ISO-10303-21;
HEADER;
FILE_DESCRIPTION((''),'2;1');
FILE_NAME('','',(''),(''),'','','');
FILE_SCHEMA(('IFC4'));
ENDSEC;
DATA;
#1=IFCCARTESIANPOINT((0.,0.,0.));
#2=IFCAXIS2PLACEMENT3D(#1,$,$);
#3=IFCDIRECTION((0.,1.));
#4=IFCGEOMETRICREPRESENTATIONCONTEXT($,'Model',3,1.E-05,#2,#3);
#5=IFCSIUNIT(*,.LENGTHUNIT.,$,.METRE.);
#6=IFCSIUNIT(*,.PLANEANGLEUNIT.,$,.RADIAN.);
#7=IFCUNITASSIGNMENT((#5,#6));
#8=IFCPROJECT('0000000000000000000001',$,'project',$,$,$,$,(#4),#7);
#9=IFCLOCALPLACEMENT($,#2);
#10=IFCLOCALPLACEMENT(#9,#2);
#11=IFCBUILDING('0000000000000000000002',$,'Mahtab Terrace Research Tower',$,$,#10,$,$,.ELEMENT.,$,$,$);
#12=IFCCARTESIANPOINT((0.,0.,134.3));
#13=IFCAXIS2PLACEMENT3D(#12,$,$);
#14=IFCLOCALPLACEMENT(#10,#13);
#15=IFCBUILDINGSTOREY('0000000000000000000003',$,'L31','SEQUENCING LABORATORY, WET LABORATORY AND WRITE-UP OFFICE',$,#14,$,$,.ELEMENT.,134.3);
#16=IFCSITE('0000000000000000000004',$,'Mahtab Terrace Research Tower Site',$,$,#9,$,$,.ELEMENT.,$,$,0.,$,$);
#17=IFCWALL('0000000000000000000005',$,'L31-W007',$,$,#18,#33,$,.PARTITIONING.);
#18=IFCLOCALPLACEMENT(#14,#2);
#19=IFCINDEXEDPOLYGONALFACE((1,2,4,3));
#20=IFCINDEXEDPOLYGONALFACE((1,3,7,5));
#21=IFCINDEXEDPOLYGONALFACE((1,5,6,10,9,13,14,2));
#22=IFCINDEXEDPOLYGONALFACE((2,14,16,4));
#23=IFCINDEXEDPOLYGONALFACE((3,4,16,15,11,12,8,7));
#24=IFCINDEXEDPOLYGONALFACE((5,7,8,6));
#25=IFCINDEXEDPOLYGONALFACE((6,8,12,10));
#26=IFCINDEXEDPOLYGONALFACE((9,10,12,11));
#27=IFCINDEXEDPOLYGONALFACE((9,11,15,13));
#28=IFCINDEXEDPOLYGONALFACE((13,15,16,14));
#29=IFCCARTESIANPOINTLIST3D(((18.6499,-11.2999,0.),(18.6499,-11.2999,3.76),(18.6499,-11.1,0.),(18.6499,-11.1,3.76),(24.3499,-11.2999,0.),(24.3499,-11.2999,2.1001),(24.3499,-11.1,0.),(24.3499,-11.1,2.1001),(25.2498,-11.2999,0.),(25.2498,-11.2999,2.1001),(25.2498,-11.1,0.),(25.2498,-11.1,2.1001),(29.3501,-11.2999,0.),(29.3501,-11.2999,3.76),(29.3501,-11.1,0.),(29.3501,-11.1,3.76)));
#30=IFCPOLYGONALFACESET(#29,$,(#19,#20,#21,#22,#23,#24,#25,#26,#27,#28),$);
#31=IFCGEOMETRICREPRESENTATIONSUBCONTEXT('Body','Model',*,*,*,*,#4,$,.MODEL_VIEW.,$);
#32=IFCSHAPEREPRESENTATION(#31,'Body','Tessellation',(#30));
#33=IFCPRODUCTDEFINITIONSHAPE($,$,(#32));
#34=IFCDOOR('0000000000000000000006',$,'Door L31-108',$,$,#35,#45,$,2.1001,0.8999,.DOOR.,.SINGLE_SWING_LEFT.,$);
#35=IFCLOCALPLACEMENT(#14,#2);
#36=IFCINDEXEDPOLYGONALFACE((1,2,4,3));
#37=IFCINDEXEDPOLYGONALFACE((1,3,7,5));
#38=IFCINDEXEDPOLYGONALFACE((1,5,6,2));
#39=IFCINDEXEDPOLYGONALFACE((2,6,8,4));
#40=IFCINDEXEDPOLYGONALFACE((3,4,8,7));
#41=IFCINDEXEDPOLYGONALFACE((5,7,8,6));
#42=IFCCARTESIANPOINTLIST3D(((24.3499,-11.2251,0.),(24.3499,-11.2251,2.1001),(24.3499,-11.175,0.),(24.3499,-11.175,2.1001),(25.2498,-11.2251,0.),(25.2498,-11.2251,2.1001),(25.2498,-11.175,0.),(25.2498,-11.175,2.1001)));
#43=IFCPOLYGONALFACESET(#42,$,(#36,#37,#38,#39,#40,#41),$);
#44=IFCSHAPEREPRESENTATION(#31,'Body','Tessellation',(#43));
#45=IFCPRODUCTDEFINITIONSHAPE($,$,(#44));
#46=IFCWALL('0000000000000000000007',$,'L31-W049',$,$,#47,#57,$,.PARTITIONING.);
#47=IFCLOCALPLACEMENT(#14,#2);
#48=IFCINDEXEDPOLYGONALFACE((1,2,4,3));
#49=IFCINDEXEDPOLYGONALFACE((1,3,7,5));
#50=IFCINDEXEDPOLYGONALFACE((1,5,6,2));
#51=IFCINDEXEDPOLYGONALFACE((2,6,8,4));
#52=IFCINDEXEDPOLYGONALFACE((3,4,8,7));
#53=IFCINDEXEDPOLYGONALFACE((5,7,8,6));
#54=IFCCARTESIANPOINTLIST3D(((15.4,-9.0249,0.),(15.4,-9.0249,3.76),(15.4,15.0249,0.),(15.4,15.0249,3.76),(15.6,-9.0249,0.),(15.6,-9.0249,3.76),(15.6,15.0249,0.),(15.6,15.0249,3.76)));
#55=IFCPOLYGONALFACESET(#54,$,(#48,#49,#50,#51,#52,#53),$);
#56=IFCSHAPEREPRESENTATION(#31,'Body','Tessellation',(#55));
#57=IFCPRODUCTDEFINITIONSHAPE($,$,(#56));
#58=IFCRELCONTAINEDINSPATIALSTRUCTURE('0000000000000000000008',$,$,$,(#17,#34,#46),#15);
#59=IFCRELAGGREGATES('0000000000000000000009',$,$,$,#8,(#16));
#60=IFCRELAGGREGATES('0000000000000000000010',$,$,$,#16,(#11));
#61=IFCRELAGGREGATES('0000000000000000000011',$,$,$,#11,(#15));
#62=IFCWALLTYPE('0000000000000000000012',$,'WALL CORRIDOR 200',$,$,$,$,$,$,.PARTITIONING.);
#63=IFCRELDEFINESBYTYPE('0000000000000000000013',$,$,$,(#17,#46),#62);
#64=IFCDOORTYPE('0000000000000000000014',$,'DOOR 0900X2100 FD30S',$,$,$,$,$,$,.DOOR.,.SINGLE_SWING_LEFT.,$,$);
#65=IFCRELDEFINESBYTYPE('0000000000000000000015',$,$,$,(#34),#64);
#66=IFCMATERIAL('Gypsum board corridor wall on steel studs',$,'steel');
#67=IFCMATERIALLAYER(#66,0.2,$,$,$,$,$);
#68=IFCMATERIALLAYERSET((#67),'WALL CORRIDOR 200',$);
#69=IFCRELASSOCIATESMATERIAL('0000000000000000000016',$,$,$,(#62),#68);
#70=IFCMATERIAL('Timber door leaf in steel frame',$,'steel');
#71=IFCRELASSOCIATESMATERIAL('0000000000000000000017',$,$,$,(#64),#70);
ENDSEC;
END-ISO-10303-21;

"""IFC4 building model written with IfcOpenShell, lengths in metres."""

from ifc_helpers import new_model, si_unit, direction, frame, frame_2d, origin, place, context, subcontext, project, spatial, rectangle, extrude, material, layer, layer_set, type_object, element, fill, save


model = new_model("IFC4")

# Units and contexts
model_context = context("Model", 3, precision=1e-05, world=origin(), true_north=direction((0.0, 1.0)))
body_context = subcontext(model_context, "Body", "Model", "MODEL_VIEW")
ifc_project = project(units=[si_unit("LENGTHUNIT", "METRE"), si_unit("PLANEANGLEUNIT", "RADIAN")], contexts=[model_context])

# Site, building, storey
site_placement = place(None, origin())
site = spatial("IfcSite", under=ifc_project, at=site_placement, Name="Mahtab Terrace Research Tower Site", CompositionType="ELEMENT", RefElevation=0.0)
building_placement = place(site_placement, origin())
building = spatial("IfcBuilding", under=site, at=building_placement, Name="Mahtab Terrace Research Tower", CompositionType="ELEMENT")
storey_placement = place(building_placement, frame((0.0, 0.0, 134.3)))
storey = spatial("IfcBuildingStorey", under=building, at=storey_placement, Name="L31", Description="SEQUENCING LABORATORY, WET LABORATORY AND WRITE-UP OFFICE", CompositionType="ELEMENT", Elevation=134.3)

# Wall, opening, door
ifc_material_1 = material(Name="Gypsum board corridor wall on steel studs", Category="steel")
ifc_layer_1 = layer(ifc_material_1, 0.2)
ifc_layer_set_1 = layer_set([ifc_layer_1], Name="WALL CORRIDOR 200")
wall_type_1 = type_object("IfcWallType", Name="WALL CORRIDOR 200", PredefinedType="PARTITIONING", material=ifc_layer_set_1)
wall_1_placement = place(storey_placement, frame((18.6499, -11.2, 0.0), z_axis=(0.0, 0.0, 1.0), x_axis=(1.0, 0.0, 0.0)))
wall_1 = element("IfcWall", 1, at=wall_1_placement, inside=storey, type_object=wall_type_1, Name="L31-W007", PredefinedType="PARTITIONING", context=body_context, shape_type="SweptSolid", body=[
    extrude(rectangle(XDim=10.7002, YDim=0.2, at=frame_2d((5.3501, 0.0))), origin(), (0.0, 0.0, 1.0), 3.76),
])
opening_1_placement = place(wall_1_placement, frame((5.7, 0.0, 0.0)))
opening_1 = element("IfcOpeningElement", 2, at=opening_1_placement, cuts=wall_1, PredefinedType="OPENING", context=body_context, shape_type="SweptSolid", body=[
    extrude(rectangle(XDim=0.8999, YDim=2.1001, at=frame_2d((0.45, 1.05))), frame((0.0, 0.1099, 0.0), z_axis=(0.0, -1.0, 0.0), x_axis=(1.0, 0.0, 0.0)), (0.0, 0.0, 1.0), 0.22),
])
ifc_material_2 = material(Name="Timber door leaf in steel frame", Category="steel")
door_type_1 = type_object("IfcDoorType", Name="DOOR 0900X2100 FD30S", OperationType="SINGLE_SWING_LEFT", PredefinedType="DOOR", material=ifc_material_2)
door_1_placement = place(opening_1_placement, origin())
door_1 = element("IfcDoor", 3, at=door_1_placement, inside=storey, type_object=door_type_1, Name="Door L31-108", OperationType="SINGLE_SWING_LEFT", OverallHeight=2.1001, OverallWidth=0.8999, PredefinedType="DOOR", context=body_context, shape_type="SweptSolid", body=[
    extrude(rectangle(XDim=0.8999, YDim=2.1001, at=frame_2d((0.45, 1.05))), frame((0.0, 0.0249, 0.0), z_axis=(0.0, -1.0, 0.0), x_axis=(1.0, 0.0, 0.0)), (0.0, 0.0, 1.0), 0.05),
])
fill(opening_1, door_1)

# Wall
wall_2_placement = place(storey_placement, frame((15.5, -9.0249, 0.0), z_axis=(0.0, 0.0, 1.0), x_axis=(0.0, 1.0, 0.0)))
element("IfcWall", 4, at=wall_2_placement, inside=storey, type_object=wall_type_1, Name="L31-W049", PredefinedType="PARTITIONING", context=body_context, shape_type="SweptSolid", body=[
    extrude(rectangle(XDim=24.0498, YDim=0.2, at=frame_2d((12.0249, 0.0))), origin(), (0.0, 0.0, 1.0), 3.76),
])

save(model, "model.ifc")
